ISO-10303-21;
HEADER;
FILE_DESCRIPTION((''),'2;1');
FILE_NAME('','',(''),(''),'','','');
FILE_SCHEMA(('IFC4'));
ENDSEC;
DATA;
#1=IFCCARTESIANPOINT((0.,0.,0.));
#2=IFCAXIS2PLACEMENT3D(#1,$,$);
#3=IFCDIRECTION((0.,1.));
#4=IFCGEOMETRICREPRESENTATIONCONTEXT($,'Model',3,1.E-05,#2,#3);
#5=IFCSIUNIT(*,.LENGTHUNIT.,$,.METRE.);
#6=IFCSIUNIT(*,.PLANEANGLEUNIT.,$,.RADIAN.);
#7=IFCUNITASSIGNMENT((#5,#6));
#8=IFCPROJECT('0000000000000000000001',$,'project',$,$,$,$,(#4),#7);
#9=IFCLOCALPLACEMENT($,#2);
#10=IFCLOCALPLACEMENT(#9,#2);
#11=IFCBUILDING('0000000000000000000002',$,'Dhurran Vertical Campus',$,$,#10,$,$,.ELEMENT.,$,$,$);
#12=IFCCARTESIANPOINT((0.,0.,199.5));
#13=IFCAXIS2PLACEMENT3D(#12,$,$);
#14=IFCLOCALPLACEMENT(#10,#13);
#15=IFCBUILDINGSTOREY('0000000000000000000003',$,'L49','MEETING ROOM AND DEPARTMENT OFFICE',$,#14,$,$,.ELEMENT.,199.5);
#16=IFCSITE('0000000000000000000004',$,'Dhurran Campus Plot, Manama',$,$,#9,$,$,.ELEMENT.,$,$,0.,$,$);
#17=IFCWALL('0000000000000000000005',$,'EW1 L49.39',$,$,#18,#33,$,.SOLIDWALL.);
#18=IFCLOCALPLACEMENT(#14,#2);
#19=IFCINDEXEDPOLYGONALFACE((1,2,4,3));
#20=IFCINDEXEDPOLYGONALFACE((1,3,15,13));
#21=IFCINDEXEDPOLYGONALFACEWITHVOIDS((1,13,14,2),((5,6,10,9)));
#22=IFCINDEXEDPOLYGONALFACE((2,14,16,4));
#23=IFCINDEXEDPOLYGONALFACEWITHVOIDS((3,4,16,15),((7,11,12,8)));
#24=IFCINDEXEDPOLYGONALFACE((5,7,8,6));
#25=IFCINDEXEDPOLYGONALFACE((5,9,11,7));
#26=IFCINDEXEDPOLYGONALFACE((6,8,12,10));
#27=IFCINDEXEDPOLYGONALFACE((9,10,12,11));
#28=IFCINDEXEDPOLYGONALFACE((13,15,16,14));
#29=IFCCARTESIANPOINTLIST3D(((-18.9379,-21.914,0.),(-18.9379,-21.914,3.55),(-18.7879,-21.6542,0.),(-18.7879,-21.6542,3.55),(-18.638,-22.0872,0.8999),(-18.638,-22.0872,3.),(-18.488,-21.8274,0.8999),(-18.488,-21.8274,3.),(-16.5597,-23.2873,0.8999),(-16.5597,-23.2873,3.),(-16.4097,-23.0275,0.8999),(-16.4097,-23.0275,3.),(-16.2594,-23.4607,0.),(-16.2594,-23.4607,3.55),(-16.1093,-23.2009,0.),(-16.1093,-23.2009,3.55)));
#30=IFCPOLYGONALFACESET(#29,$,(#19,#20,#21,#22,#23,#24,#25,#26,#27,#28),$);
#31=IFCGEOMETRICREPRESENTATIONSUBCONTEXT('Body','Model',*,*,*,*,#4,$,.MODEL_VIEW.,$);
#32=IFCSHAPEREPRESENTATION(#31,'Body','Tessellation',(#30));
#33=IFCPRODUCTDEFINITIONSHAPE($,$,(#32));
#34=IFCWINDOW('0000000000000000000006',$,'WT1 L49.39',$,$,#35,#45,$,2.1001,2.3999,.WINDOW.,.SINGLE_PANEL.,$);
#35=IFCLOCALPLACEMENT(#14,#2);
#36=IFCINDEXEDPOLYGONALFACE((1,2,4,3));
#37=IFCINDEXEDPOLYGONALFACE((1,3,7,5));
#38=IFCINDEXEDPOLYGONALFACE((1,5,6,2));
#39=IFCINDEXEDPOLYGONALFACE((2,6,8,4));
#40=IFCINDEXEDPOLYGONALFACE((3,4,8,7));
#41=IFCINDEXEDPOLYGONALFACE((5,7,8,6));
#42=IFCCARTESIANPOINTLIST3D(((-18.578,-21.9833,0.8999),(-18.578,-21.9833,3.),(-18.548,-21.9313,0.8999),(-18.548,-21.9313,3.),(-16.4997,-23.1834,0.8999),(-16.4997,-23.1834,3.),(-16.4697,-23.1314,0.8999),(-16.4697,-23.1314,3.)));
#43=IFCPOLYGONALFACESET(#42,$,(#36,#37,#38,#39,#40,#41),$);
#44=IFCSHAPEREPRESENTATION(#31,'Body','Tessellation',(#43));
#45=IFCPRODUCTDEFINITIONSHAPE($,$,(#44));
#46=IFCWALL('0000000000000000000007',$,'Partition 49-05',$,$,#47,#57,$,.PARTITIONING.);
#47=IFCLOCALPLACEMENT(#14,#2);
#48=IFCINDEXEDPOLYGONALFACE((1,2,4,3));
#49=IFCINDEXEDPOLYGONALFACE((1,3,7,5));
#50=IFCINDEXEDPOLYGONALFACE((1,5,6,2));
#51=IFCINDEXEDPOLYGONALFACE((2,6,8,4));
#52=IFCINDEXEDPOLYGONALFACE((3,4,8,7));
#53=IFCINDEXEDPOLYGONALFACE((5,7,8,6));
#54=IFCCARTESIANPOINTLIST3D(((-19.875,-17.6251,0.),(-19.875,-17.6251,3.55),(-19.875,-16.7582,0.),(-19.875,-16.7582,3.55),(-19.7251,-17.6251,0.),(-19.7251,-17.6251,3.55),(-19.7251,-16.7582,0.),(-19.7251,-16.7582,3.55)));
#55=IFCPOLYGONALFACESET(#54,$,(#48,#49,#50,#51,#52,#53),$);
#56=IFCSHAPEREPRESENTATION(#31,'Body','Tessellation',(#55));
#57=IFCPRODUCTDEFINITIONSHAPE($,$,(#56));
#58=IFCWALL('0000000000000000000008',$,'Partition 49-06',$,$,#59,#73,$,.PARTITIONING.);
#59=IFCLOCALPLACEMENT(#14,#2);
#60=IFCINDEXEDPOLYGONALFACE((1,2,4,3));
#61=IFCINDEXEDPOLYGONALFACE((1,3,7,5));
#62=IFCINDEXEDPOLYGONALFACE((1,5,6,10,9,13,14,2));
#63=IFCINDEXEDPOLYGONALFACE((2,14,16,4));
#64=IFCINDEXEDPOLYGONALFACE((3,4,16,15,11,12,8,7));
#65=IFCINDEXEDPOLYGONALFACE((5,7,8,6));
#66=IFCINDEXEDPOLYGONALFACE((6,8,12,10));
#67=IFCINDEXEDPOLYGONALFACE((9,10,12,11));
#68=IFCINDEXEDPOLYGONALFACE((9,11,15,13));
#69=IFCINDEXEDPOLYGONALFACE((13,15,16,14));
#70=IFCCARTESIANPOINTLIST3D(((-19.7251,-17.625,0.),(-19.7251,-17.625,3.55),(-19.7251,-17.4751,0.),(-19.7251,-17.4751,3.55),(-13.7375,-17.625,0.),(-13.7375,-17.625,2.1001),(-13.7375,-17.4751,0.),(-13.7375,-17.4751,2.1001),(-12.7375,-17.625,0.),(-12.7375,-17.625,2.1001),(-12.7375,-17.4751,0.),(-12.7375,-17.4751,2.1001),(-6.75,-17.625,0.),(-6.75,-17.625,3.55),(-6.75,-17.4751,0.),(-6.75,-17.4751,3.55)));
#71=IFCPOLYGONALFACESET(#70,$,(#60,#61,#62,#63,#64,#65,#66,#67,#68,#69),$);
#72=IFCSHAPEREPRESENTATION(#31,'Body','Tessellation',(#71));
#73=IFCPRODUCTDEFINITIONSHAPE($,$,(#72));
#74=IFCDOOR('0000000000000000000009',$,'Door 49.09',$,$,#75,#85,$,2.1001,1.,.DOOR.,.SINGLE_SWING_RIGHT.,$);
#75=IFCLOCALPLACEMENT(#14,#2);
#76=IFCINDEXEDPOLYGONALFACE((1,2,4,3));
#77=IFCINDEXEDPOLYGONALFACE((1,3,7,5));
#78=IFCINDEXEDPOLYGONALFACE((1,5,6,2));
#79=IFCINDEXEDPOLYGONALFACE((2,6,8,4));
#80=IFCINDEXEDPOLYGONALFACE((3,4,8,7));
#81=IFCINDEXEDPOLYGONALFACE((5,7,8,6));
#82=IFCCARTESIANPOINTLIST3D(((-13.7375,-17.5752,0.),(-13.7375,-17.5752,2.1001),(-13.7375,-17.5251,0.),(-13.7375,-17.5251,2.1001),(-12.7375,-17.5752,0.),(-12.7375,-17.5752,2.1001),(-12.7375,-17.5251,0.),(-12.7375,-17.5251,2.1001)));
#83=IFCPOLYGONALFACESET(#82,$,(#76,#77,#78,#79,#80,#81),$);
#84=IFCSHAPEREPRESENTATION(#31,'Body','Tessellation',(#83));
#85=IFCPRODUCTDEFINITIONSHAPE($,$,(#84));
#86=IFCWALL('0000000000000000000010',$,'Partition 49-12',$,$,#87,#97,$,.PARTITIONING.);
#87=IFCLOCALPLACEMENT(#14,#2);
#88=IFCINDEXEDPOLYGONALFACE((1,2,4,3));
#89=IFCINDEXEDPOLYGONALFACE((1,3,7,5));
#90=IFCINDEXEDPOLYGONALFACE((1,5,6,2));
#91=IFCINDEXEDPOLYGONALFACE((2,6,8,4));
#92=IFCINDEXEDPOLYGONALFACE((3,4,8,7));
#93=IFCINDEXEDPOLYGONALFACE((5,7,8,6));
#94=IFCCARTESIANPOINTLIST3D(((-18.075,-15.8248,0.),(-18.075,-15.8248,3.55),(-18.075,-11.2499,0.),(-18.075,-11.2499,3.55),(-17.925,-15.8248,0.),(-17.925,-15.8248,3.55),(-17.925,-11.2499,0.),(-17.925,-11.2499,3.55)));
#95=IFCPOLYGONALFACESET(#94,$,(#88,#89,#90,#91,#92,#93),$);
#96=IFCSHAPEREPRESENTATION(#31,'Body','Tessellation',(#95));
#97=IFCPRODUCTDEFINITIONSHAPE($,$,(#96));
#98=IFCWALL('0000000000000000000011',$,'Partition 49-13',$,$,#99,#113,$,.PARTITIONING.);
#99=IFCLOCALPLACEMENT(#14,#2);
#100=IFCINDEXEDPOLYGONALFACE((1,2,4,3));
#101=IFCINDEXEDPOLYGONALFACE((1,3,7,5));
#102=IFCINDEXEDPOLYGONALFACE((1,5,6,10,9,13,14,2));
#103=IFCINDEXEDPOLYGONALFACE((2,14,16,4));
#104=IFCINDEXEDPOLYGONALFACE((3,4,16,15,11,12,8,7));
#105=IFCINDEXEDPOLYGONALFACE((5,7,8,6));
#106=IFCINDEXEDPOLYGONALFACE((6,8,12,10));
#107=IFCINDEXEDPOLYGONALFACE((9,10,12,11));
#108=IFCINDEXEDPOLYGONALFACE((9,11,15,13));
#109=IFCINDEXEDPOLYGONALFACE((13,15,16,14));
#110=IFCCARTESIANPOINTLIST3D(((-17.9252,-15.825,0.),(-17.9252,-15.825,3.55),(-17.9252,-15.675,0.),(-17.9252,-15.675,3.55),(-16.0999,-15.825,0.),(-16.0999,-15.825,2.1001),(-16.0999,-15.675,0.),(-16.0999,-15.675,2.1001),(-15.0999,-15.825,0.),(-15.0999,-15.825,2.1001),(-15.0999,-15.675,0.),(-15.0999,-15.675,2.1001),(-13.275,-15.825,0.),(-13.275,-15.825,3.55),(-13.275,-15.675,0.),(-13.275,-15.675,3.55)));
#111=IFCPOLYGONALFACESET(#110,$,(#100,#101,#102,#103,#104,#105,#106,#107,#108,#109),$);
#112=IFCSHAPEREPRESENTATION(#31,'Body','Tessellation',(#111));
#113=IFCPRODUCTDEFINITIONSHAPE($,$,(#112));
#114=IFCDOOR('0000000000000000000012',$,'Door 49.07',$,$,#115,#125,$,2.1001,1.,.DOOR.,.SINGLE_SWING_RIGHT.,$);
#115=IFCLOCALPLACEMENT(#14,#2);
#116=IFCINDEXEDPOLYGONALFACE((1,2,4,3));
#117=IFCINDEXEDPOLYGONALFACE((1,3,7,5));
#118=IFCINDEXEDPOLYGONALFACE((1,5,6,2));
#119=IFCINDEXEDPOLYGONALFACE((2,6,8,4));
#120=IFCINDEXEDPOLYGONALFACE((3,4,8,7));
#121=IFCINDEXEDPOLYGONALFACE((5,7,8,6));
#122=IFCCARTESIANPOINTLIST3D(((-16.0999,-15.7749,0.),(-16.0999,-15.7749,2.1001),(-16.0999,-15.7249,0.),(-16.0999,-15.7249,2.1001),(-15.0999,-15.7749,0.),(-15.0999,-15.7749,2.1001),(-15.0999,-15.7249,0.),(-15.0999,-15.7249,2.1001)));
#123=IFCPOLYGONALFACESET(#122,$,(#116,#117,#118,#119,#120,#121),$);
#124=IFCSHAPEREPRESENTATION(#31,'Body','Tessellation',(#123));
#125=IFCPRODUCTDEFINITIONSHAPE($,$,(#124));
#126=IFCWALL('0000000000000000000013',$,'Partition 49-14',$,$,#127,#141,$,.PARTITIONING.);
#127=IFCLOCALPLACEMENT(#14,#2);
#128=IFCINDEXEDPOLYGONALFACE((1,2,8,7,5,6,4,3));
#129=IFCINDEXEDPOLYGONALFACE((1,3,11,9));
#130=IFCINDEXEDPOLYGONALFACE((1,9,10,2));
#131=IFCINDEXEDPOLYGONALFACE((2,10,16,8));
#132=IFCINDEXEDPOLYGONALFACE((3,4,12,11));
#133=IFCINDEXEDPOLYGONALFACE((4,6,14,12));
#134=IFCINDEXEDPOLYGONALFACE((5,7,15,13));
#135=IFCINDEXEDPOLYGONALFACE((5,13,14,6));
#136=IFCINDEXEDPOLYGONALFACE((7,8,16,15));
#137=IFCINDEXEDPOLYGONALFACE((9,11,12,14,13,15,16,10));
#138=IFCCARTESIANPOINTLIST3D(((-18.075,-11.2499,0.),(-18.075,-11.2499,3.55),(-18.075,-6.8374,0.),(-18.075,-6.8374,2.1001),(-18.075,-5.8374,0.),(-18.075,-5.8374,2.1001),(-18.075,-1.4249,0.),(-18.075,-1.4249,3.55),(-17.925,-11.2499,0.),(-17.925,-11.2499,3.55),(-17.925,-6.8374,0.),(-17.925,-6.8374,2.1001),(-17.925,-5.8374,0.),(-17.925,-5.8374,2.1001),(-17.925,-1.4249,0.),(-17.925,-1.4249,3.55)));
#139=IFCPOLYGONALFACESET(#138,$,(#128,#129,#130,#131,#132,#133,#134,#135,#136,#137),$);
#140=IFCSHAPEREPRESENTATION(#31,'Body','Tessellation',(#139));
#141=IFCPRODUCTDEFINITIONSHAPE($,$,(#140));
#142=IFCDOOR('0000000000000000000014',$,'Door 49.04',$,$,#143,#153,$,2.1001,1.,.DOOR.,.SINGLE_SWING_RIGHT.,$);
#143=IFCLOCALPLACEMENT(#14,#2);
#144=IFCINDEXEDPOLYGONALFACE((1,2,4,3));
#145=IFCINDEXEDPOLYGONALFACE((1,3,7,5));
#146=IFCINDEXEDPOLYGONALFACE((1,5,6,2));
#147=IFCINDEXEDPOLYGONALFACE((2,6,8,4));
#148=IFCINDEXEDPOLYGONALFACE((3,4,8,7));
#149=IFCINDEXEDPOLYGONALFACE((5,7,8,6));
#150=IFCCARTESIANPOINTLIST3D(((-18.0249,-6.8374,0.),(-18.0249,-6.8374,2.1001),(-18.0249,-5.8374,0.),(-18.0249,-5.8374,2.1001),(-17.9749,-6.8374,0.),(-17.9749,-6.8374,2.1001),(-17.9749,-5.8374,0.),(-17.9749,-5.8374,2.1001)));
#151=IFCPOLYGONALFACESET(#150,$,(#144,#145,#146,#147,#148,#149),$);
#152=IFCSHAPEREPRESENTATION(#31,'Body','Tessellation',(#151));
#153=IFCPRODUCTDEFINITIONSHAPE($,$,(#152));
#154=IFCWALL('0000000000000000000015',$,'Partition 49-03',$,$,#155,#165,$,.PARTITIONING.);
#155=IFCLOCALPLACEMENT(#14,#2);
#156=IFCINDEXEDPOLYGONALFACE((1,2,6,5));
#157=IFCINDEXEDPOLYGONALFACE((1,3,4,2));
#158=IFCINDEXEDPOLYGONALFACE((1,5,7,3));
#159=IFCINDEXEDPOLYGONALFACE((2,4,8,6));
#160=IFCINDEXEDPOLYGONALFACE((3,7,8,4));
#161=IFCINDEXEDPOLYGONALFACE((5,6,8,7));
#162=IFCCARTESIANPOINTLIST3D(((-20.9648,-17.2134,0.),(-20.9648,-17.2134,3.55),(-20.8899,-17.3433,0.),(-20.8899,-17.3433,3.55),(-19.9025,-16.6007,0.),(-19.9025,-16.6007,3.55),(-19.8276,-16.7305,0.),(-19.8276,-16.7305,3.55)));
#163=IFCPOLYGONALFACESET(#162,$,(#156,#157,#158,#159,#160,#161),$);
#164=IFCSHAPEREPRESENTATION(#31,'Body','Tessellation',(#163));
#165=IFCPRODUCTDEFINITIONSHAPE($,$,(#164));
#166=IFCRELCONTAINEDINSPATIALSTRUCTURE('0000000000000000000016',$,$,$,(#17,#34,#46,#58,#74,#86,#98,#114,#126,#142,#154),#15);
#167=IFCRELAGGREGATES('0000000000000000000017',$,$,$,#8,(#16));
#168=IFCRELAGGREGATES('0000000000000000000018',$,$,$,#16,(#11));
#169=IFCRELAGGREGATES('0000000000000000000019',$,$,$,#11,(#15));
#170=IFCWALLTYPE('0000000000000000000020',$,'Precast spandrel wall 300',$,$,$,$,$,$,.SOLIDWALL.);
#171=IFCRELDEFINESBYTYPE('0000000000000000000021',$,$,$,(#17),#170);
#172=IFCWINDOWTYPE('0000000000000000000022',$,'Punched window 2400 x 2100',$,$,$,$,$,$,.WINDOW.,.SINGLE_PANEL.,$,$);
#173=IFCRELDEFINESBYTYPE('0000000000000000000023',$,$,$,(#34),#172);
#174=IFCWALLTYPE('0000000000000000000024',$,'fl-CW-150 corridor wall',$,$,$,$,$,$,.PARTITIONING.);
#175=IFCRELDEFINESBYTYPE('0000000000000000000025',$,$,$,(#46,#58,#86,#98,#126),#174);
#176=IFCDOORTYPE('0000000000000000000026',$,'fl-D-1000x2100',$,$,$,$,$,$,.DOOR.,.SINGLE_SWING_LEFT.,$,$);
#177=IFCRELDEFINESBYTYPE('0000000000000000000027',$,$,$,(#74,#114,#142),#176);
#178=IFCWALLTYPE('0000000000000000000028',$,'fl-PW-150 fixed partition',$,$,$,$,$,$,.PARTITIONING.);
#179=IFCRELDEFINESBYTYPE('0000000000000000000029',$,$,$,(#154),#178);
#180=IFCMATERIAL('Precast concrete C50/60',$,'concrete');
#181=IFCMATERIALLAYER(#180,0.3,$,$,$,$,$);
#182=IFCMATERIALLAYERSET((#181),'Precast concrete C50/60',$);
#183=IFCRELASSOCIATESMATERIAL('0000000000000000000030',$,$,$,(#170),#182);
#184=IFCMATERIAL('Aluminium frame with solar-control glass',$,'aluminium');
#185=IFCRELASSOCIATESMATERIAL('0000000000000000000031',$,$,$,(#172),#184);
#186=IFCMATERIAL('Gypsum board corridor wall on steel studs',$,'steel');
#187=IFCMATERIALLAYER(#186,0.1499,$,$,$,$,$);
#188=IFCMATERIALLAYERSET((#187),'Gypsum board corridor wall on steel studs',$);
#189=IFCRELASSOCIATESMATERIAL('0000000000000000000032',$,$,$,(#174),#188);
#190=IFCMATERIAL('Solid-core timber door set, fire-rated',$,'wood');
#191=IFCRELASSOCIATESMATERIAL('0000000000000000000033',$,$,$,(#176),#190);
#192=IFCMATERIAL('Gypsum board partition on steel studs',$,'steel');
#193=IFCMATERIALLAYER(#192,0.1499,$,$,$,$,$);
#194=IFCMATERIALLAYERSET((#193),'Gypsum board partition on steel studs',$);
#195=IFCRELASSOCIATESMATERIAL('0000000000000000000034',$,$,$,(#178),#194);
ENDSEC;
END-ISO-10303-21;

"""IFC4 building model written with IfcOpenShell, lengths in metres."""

from ifc_helpers import new_model, si_unit, direction, frame, frame_2d, origin, place, context, subcontext, project, spatial, rectangle, extrude, material, layer, layer_set, type_object, element, fill, save


model = new_model("IFC4")

# Units and contexts
model_context = context("Model", 3, precision=1e-05, world=origin(), true_north=direction((0.0, 1.0)))
body_context = subcontext(model_context, "Body", "Model", "MODEL_VIEW")
ifc_project = project(units=[si_unit("LENGTHUNIT", "METRE"), si_unit("PLANEANGLEUNIT", "RADIAN")], contexts=[model_context])

# Site, building, storey
site_placement = place(None, origin())
site = spatial("IfcSite", under=ifc_project, at=site_placement, Name="Dhurran Campus Plot, Manama", CompositionType="ELEMENT", RefElevation=0.0)
building_placement = place(site_placement, origin())
building = spatial("IfcBuilding", under=site, at=building_placement, Name="Dhurran Vertical Campus", CompositionType="ELEMENT")
storey_placement = place(building_placement, frame((0.0, 0.0, 199.5)))
storey = spatial("IfcBuildingStorey", under=building, at=storey_placement, Name="L49", Description="MEETING ROOM AND DEPARTMENT OFFICE", CompositionType="ELEMENT", Elevation=199.5)

# Wall, opening, window
ifc_material_1 = material(Name="Precast concrete C50/60", Category="concrete")
ifc_layer_1 = layer(ifc_material_1, 0.3)
ifc_layer_set_1 = layer_set([ifc_layer_1], Name="Precast concrete C50/60")
wall_type_1 = type_object("IfcWallType", Name="Precast spandrel wall 300", PredefinedType="SOLIDWALL", material=ifc_layer_set_1)
ifc_material_2 = material(Name="Aluminium frame with solar-control glass", Category="aluminium")
window_type = type_object("IfcWindowType", Name="Punched window 2400 x 2100", PartitioningType="SINGLE_PANEL", PredefinedType="WINDOW", material=ifc_material_2)
wall_1_placement = place(storey_placement, frame((-18.8628, -21.7842, 0.0), z_axis=(0.0, 0.0, 1.0), x_axis=(0.865995, -0.500053, 0.0)))
wall_1 = element("IfcWall", 1, at=wall_1_placement, inside=storey, type_object=wall_type_1, Name="EW1 L49.39", PredefinedType="SOLIDWALL", context=body_context, shape_type="SweptSolid", body=[
    extrude(rectangle(XDim=3.093, YDim=0.3, at=frame_2d((1.5464, 0.0))), origin(), (0.0, 0.0, 1.0), 3.55),
])
opening_1_placement = place(wall_1_placement, frame((0.3462, 0.0, 0.8999)))
opening_1 = element("IfcOpeningElement", 2, at=opening_1_placement, cuts=wall_1, PredefinedType="OPENING", context=body_context, shape_type="SweptSolid", body=[
    extrude(rectangle(XDim=2.3999, YDim=2.1001, at=frame_2d((1.2, 1.05))), frame((0.0, 0.1599, 0.0), z_axis=(0.0, -1.0, 0.0), x_axis=(1.0, 0.0, 0.0)), (0.0, 0.0, 1.0), 0.3201),
])
window_1_placement = place(opening_1_placement, origin())
window_1 = element("IfcWindow", 3, at=window_1_placement, inside=storey, type_object=window_type, Name="WT1 L49.39", OverallHeight=2.1001, OverallWidth=2.3999, PartitioningType="SINGLE_PANEL", PredefinedType="WINDOW", context=body_context, shape_type="SweptSolid", body=[
    extrude(rectangle(XDim=2.3999, YDim=2.1001, at=frame_2d((1.2, 1.05))), frame((0.0, 0.03, 0.0), z_axis=(0.0, -1.0, 0.0), x_axis=(1.0, 0.0, 0.0)), (0.0, 0.0, 1.0), 0.0601),
])
fill(opening_1, window_1)

# Wall
ifc_material_3 = material(Name="Gypsum board corridor wall on steel studs", Category="steel")
ifc_layer_2 = layer(ifc_material_3, 0.1499)
ifc_layer_set_2 = layer_set([ifc_layer_2], Name="Gypsum board corridor wall on steel studs")
wall_type_2 = type_object("IfcWallType", Name="fl-CW-150 corridor wall", PredefinedType="PARTITIONING", material=ifc_layer_set_2)
wall_2_placement = place(storey_placement, frame((-19.8, -16.7581, 0.0), z_axis=(0.0, 0.0, 1.0), x_axis=(0.0, -1.0, 0.0)))
element("IfcWall", 4, at=wall_2_placement, inside=storey, type_object=wall_type_2, Name="Partition 49-05", PredefinedType="PARTITIONING", context=body_context, shape_type="SweptSolid", body=[
    extrude(rectangle(XDim=0.8669, YDim=0.1499, at=frame_2d((0.4336, 0.0))), origin(), (0.0, 0.0, 1.0), 3.55),
])

# Wall, opening, door
wall_3_placement = place(storey_placement, frame((-19.7251, -17.55, 0.0), z_axis=(0.0, 0.0, 1.0), x_axis=(1.0, 0.0, 0.0)))
wall_3 = element("IfcWall", 5, at=wall_3_placement, inside=storey, type_object=wall_type_2, Name="Partition 49-06", PredefinedType="PARTITIONING", context=body_context, shape_type="SweptSolid", body=[
    extrude(rectangle(XDim=12.9751, YDim=0.1499, at=frame_2d((6.4875, 0.0))), origin(), (0.0, 0.0, 1.0), 3.55),
])
opening_2_placement = place(wall_3_placement, frame((5.9875, 0.0, 0.0)))
opening_2 = element("IfcOpeningElement", 6, at=opening_2_placement, cuts=wall_3, PredefinedType="OPENING", context=body_context, shape_type="SweptSolid", body=[
    extrude(rectangle(XDim=1.0, YDim=2.1001, at=frame_2d((0.5, 1.05))), frame((0.0, 0.085, 0.0), z_axis=(0.0, -1.0, 0.0), x_axis=(1.0, 0.0, 0.0)), (0.0, 0.0, 1.0), 0.1699),
])
ifc_material_4 = material(Name="Solid-core timber door set, fire-rated", Category="wood")
door_type = type_object("IfcDoorType", Name="fl-D-1000x2100", OperationType="SINGLE_SWING_LEFT", PredefinedType="DOOR", material=ifc_material_4)
door_1_placement = place(opening_2_placement, origin())
door_1 = element("IfcDoor", 7, at=door_1_placement, inside=storey, type_object=door_type, Name="Door 49.09", OperationType="SINGLE_SWING_RIGHT", OverallHeight=2.1001, OverallWidth=1.0, PredefinedType="DOOR", context=body_context, shape_type="SweptSolid", body=[
    extrude(rectangle(XDim=1.0, YDim=2.1001, at=frame_2d((0.5, 1.05))), frame((0.0, 0.0249, 0.0), z_axis=(0.0, -1.0, 0.0), x_axis=(1.0, 0.0, 0.0)), (0.0, 0.0, 1.0), 0.05),
])
fill(opening_2, door_1)

# Wall
wall_4_placement = place(storey_placement, frame((-18.0, -15.825, 0.0), z_axis=(0.0, 0.0, 1.0), x_axis=(0.0, 1.0, 0.0)))
element("IfcWall", 8, at=wall_4_placement, inside=storey, type_object=wall_type_2, Name="Partition 49-12", PredefinedType="PARTITIONING", context=body_context, shape_type="SweptSolid", body=[
    extrude(rectangle(XDim=4.575, YDim=0.1499, at=frame_2d((2.2876, 0.0))), origin(), (0.0, 0.0, 1.0), 3.55),
])

# Walls, openings, doors
wall_5_placement = place(storey_placement, frame((-13.2749, -15.75, 0.0), z_axis=(0.0, 0.0, 1.0), x_axis=(-1.0, 0.0, 0.0)))
wall_5 = element("IfcWall", 9, at=wall_5_placement, inside=storey, type_object=wall_type_2, Name="Partition 49-13", PredefinedType="PARTITIONING", context=body_context, shape_type="SweptSolid", body=[
    extrude(rectangle(XDim=4.6501, YDim=0.1499, at=frame_2d((2.3252, 0.0))), origin(), (0.0, 0.0, 1.0), 3.55),
])
opening_3_placement = place(wall_5_placement, frame((1.825, 0.0, 0.0)))
opening_3 = element("IfcOpeningElement", 10, at=opening_3_placement, cuts=wall_5, PredefinedType="OPENING", context=body_context, shape_type="SweptSolid", body=[
    extrude(rectangle(XDim=1.0, YDim=2.1001, at=frame_2d((0.5, 1.05))), frame((0.0, 0.085, 0.0), z_axis=(0.0, -1.0, 0.0), x_axis=(1.0, 0.0, 0.0)), (0.0, 0.0, 1.0), 0.1699),
])
door_2_placement = place(opening_3_placement, origin())
door_2 = element("IfcDoor", 11, at=door_2_placement, inside=storey, type_object=door_type, Name="Door 49.07", OperationType="SINGLE_SWING_RIGHT", OverallHeight=2.1001, OverallWidth=1.0, PredefinedType="DOOR", context=body_context, shape_type="SweptSolid", body=[
    extrude(rectangle(XDim=1.0, YDim=2.1001, at=frame_2d((0.5, 1.05))), frame((0.0, 0.0249, 0.0), z_axis=(0.0, -1.0, 0.0), x_axis=(1.0, 0.0, 0.0)), (0.0, 0.0, 1.0), 0.05),
])
fill(opening_3, door_2)
wall_6_placement = place(storey_placement, frame((-18.0, -11.25, 0.0), z_axis=(0.0, 0.0, 1.0), x_axis=(0.0, 1.0, 0.0)))
wall_6 = element("IfcWall", 12, at=wall_6_placement, inside=storey, type_object=wall_type_2, Name="Partition 49-14", PredefinedType="PARTITIONING", context=body_context, shape_type="SweptSolid", body=[
    extrude(rectangle(XDim=9.825, YDim=0.1499, at=frame_2d((4.9126, 0.0))), origin(), (0.0, 0.0, 1.0), 3.55),
])
opening_4_placement = place(wall_6_placement, frame((4.4126, 0.0, 0.0)))
opening_4 = element("IfcOpeningElement", 13, at=opening_4_placement, cuts=wall_6, PredefinedType="OPENING", context=body_context, shape_type="SweptSolid", body=[
    extrude(rectangle(XDim=1.0, YDim=2.1001, at=frame_2d((0.5, 1.05))), frame((0.0, 0.085, 0.0), z_axis=(0.0, -1.0, 0.0), x_axis=(1.0, 0.0, 0.0)), (0.0, 0.0, 1.0), 0.1699),
])
door_3_placement = place(opening_4_placement, origin())
door_3 = element("IfcDoor", 14, at=door_3_placement, inside=storey, type_object=door_type, Name="Door 49.04", OperationType="SINGLE_SWING_RIGHT", OverallHeight=2.1001, OverallWidth=1.0, PredefinedType="DOOR", context=body_context, shape_type="SweptSolid", body=[
    extrude(rectangle(XDim=1.0, YDim=2.1001, at=frame_2d((0.5, 1.05))), frame((0.0, 0.0249, 0.0), z_axis=(0.0, -1.0, 0.0), x_axis=(1.0, 0.0, 0.0)), (0.0, 0.0, 1.0), 0.05),
])
fill(opening_4, door_3)

# Wall
ifc_material_5 = material(Name="Gypsum board partition on steel studs", Category="steel")
ifc_layer_3 = layer(ifc_material_5, 0.1499)
ifc_layer_set_3 = layer_set([ifc_layer_3], Name="Gypsum board partition on steel studs")
wall_type_3 = type_object("IfcWallType", Name="fl-PW-150 fixed partition", PredefinedType="PARTITIONING", material=ifc_layer_set_3)
wall_7_placement = place(storey_placement, frame((-19.865, -16.6655, 0.0), z_axis=(0.0, 0.0, 1.0), x_axis=(-0.866202, -0.499694, 0.0)))
element("IfcWall", 15, at=wall_7_placement, inside=storey, type_object=wall_type_3, Name="Partition 49-03", PredefinedType="PARTITIONING", context=body_context, shape_type="SweptSolid", body=[
    extrude(rectangle(XDim=1.2263, YDim=0.1499, at=frame_2d((0.6133, 0.0))), origin(), (0.0, 0.0, 1.0), 3.55),
])

save(model, "model.ifc")
